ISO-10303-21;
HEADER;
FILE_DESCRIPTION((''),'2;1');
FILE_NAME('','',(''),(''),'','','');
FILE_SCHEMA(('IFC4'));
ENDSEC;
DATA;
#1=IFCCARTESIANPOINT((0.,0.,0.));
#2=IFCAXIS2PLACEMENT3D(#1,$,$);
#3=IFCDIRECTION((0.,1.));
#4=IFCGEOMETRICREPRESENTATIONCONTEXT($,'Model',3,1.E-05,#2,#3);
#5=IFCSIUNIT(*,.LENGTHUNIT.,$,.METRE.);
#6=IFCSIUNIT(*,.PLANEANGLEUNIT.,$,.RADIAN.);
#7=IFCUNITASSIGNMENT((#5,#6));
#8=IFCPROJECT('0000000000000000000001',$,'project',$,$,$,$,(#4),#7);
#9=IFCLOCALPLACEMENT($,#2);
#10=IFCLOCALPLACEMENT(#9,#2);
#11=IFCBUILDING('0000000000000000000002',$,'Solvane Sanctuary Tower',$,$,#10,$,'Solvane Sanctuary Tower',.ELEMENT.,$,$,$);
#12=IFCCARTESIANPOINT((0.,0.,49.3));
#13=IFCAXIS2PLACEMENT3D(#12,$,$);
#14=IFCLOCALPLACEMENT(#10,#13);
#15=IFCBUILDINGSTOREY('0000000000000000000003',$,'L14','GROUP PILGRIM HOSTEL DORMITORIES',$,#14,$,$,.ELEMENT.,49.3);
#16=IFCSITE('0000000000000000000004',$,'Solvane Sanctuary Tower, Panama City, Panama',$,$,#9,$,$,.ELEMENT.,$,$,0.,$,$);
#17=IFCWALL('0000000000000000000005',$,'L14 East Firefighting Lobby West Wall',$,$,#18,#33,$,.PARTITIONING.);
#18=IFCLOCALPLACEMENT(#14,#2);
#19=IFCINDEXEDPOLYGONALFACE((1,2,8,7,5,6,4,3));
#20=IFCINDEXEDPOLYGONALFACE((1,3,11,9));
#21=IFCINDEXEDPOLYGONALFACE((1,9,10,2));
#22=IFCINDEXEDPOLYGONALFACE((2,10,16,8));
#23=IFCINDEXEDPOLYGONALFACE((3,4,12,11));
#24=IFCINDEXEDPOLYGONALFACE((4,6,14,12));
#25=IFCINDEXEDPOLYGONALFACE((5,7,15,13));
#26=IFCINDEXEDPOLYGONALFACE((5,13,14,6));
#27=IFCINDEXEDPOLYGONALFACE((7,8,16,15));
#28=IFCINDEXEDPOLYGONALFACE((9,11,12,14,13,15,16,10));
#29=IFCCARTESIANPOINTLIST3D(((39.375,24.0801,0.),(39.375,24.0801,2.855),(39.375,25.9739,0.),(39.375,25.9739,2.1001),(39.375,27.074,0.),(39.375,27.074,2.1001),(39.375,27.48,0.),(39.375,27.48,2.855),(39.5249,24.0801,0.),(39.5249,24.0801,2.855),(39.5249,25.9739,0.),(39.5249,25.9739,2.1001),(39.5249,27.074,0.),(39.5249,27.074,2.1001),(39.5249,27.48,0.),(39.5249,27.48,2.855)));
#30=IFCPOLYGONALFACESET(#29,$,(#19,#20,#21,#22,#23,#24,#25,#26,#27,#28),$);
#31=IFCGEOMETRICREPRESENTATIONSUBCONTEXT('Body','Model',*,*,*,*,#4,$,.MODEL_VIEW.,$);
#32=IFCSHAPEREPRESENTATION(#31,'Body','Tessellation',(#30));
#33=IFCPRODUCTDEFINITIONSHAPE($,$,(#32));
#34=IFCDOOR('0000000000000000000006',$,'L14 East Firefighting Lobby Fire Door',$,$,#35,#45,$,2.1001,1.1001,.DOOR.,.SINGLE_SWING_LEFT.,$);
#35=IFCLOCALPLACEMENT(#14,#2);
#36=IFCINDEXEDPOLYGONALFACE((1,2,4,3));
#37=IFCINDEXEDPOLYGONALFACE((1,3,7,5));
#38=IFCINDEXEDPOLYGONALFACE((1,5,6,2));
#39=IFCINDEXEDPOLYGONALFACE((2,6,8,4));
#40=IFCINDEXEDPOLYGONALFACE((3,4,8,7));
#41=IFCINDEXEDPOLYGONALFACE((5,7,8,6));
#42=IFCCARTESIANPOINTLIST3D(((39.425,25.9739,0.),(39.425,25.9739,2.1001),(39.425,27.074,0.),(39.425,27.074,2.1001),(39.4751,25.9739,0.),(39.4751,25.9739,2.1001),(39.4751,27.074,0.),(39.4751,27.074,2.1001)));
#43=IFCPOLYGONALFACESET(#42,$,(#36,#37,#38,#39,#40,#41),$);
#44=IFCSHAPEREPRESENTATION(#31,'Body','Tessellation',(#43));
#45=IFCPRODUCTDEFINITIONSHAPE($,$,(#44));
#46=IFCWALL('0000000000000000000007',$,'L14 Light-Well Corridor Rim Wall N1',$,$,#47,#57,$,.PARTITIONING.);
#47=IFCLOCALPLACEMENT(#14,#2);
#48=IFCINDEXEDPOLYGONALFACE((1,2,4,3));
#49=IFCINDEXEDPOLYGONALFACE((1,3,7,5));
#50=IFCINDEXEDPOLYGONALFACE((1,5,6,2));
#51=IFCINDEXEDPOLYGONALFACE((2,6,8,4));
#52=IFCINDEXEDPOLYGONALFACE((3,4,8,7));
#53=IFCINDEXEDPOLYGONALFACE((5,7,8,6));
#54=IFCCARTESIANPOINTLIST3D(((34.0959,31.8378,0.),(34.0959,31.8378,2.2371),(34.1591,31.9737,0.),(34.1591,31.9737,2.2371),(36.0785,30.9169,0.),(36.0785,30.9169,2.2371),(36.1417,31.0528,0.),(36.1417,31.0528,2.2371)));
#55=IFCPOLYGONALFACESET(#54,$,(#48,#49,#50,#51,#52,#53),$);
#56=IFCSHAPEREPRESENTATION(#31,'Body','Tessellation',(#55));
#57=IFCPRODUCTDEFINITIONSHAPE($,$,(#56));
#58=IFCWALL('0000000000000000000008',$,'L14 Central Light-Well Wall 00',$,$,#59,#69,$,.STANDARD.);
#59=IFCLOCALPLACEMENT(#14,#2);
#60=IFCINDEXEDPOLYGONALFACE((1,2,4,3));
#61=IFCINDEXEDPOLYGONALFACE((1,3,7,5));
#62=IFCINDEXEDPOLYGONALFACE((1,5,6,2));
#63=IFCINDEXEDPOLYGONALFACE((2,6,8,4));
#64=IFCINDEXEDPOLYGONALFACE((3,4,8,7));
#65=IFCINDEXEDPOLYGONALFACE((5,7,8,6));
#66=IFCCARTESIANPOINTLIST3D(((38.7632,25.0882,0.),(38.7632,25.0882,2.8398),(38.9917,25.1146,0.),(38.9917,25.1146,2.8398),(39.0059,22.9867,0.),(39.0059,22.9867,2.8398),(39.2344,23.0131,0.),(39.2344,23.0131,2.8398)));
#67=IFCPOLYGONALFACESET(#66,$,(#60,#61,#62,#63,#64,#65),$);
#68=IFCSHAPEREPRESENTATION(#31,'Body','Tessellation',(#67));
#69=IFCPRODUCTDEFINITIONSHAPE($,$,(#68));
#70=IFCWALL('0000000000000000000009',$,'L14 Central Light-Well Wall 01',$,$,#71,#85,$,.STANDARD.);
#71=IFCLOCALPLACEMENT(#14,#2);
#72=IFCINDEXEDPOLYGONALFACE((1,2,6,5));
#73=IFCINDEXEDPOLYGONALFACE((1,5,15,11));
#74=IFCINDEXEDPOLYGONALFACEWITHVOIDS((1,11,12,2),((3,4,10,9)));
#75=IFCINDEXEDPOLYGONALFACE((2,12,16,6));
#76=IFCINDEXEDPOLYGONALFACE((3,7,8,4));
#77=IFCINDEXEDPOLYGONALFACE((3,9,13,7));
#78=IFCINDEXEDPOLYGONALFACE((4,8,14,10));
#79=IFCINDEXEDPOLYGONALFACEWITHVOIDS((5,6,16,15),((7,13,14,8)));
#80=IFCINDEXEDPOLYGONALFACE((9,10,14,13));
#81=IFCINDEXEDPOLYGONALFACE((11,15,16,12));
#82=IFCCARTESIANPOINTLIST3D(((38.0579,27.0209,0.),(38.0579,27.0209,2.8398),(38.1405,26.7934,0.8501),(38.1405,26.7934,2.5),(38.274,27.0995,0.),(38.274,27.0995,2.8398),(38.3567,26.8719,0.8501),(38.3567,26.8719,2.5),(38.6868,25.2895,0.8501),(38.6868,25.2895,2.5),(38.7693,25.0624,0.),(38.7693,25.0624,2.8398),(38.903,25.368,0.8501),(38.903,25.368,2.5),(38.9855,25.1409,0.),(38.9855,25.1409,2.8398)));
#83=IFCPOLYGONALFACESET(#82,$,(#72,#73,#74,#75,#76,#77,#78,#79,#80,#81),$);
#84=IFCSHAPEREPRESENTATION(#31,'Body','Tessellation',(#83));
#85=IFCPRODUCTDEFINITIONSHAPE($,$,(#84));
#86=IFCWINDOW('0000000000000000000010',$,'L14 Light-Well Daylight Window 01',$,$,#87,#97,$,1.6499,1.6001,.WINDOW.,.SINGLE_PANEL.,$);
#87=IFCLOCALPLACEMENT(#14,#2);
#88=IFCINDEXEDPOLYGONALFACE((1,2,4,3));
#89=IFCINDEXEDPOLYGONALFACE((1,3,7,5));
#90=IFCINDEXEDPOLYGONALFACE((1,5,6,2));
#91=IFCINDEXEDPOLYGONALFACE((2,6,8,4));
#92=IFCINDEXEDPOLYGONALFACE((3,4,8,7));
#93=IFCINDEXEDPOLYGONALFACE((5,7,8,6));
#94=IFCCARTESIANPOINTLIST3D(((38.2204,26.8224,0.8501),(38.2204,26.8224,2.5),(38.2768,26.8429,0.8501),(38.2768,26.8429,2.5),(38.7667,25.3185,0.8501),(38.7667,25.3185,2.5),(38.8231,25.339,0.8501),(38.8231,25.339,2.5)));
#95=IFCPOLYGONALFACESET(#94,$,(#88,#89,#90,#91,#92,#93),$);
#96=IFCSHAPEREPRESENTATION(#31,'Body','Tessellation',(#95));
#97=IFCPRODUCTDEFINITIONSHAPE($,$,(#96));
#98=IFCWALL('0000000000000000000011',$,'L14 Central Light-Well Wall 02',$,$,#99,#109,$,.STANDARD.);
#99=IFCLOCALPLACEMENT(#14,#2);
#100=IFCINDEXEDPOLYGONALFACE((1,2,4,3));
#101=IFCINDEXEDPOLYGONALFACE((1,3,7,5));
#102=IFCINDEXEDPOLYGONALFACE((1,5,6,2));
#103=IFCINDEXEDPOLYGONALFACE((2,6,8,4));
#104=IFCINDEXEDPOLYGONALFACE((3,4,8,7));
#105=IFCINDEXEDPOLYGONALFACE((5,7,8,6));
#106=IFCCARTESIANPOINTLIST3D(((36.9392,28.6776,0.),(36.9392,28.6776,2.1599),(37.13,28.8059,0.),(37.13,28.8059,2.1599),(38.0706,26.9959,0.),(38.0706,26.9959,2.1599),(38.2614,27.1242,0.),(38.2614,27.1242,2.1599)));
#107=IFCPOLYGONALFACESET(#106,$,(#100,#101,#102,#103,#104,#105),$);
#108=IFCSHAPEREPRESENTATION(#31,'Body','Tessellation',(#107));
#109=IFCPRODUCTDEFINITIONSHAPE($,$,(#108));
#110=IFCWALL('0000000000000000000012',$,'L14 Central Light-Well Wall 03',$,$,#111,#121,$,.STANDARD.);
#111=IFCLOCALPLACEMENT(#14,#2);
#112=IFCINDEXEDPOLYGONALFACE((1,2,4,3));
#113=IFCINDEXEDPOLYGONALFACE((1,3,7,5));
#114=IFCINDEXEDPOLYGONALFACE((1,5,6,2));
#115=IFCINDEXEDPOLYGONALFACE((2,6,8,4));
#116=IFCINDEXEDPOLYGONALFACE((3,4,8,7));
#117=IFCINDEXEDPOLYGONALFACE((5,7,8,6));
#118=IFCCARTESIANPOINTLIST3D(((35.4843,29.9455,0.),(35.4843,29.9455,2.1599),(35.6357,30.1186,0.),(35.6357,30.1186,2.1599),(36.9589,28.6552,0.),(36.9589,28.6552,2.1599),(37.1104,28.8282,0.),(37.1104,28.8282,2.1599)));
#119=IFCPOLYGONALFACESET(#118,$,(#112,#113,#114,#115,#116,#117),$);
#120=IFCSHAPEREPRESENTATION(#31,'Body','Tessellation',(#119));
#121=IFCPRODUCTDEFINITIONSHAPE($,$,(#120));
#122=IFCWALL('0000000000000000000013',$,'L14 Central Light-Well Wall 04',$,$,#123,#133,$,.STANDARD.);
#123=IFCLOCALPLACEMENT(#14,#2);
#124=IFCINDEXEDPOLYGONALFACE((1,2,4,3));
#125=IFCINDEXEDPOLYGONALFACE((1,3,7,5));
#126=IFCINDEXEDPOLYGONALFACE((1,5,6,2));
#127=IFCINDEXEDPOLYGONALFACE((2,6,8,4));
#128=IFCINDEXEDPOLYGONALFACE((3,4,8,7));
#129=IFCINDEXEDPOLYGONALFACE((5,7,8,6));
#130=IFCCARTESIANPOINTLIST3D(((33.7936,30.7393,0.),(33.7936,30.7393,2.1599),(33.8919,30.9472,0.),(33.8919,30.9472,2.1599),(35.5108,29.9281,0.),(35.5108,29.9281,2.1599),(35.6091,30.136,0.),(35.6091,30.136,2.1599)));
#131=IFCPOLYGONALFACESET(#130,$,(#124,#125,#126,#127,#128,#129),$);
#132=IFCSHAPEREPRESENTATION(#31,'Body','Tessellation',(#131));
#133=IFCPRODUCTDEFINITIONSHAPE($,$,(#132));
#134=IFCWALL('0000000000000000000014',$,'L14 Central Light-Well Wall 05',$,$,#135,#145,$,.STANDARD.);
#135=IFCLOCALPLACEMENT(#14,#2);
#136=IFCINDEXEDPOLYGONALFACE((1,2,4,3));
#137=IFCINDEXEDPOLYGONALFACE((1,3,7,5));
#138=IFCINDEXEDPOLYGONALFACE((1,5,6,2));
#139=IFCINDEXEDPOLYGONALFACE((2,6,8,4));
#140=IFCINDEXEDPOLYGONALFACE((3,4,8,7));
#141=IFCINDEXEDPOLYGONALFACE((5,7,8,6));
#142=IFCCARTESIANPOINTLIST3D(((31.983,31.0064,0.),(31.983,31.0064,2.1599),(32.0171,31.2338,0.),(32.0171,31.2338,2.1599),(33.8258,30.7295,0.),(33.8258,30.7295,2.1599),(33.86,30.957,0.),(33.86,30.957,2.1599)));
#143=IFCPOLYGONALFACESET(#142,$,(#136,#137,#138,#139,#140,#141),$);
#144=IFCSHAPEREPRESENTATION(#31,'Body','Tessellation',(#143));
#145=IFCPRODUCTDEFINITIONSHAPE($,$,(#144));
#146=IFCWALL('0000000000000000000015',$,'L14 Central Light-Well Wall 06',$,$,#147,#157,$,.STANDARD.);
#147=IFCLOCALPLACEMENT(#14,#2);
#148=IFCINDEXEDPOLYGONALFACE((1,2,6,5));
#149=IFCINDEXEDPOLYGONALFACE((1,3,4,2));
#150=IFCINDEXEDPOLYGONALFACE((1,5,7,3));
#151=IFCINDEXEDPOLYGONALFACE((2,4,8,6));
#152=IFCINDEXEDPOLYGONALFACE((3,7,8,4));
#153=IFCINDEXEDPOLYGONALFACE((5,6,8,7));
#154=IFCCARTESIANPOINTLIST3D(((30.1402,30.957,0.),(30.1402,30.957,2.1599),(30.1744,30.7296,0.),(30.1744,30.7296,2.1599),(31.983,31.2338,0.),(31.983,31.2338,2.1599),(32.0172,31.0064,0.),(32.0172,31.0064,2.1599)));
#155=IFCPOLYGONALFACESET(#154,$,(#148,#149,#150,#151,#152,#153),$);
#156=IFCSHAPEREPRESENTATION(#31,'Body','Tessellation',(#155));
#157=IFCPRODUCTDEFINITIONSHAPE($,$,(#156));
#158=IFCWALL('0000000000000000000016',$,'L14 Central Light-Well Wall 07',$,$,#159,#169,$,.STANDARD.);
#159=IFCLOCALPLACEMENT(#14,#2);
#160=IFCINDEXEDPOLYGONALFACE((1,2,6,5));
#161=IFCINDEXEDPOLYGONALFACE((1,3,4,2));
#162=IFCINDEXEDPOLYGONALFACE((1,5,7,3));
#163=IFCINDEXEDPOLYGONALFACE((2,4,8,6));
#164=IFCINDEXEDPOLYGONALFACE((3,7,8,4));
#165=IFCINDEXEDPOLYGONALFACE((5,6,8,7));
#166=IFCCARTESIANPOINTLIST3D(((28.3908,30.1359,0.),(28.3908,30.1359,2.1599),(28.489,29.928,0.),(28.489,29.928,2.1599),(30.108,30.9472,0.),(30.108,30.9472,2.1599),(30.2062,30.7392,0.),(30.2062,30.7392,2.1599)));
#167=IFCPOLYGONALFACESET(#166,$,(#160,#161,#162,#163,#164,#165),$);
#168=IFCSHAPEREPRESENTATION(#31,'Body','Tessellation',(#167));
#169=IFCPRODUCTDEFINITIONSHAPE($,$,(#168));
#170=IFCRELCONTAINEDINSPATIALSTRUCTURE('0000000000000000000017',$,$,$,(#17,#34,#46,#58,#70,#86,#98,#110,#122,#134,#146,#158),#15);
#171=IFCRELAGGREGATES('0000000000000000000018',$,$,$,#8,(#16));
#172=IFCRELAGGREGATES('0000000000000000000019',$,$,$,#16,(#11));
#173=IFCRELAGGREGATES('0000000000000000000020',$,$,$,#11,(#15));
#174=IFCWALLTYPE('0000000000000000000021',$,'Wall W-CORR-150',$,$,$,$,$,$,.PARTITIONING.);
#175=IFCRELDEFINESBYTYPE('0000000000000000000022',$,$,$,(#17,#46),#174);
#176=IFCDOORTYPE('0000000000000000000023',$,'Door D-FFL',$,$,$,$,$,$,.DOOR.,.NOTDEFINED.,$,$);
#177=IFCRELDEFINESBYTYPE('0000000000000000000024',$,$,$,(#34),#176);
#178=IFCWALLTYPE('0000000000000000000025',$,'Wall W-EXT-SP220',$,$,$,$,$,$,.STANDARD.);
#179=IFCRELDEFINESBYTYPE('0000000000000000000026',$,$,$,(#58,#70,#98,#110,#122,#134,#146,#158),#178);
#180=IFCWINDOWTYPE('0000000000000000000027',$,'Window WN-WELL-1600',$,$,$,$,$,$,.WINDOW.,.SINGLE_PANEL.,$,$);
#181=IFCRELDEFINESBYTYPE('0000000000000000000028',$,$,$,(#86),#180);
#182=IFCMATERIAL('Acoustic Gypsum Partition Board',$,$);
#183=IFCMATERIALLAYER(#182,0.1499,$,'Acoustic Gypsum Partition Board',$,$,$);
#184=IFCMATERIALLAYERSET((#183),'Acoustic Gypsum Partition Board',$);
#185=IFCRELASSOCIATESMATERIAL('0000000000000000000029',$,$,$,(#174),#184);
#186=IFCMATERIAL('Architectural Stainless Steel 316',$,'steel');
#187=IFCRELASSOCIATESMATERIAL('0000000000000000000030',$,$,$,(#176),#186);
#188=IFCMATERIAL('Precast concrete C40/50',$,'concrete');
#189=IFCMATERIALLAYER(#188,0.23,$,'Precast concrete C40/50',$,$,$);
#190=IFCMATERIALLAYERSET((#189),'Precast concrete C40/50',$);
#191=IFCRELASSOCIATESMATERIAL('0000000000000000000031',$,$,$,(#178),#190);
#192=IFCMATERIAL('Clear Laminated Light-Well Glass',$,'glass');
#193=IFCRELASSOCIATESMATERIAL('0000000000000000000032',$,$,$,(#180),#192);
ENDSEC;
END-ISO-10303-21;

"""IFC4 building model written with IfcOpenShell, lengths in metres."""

from ifc_helpers import new_model, si_unit, direction, frame, frame_2d, origin, place, context, subcontext, project, spatial, rectangle, extrude, material, layer, layer_set, type_object, element, fill, save


model = new_model("IFC4")

# Units and contexts
model_context = context("Model", 3, precision=1e-05, world=origin(), true_north=direction((0.0, 1.0)))
body_context = subcontext(model_context, "Body", "Model", "MODEL_VIEW")
ifc_project = project(units=[si_unit("LENGTHUNIT", "METRE"), si_unit("PLANEANGLEUNIT", "RADIAN")], contexts=[model_context])

# Site, building, storey
site_placement = place(None, origin())
site = spatial("IfcSite", under=ifc_project, at=site_placement, Name="Solvane Sanctuary Tower, Panama City, Panama", CompositionType="ELEMENT", RefElevation=0.0)
building_placement = place(site_placement, origin())
building = spatial("IfcBuilding", under=site, at=building_placement, Name="Solvane Sanctuary Tower", LongName="Solvane Sanctuary Tower", CompositionType="ELEMENT")
storey_placement = place(building_placement, frame((0.0, 0.0, 49.3)))
storey = spatial("IfcBuildingStorey", under=building, at=storey_placement, Name="L14", Description="GROUP PILGRIM HOSTEL DORMITORIES", CompositionType="ELEMENT", Elevation=49.3)

# Shared definitions
ifc_material_1 = material(Name="Acoustic Gypsum Partition Board")
ifc_layer_1 = layer(ifc_material_1, 0.1499, Name="Acoustic Gypsum Partition Board")
ifc_layer_set_1 = layer_set([ifc_layer_1], Name="Acoustic Gypsum Partition Board")
wall_type_1 = type_object("IfcWallType", Name="Wall W-CORR-150", PredefinedType="PARTITIONING", material=ifc_layer_set_1)

# Wall, opening, door
wall_1_placement = place(storey_placement, frame((39.45, 24.0801, 0.0), z_axis=(0.0, 0.0, 1.0), x_axis=(0.0, 1.0, 0.0)))
wall_1 = element("IfcWall", 1, at=wall_1_placement, inside=storey, type_object=wall_type_1, Name="L14 East Firefighting Lobby West Wall", PredefinedType="PARTITIONING", context=body_context, shape_type="SweptSolid", body=[
    extrude(rectangle(XDim=3.3999, YDim=0.1499, at=frame_2d((1.7, 0.0))), origin(), (0.0, 0.0, 1.0), 2.855),
])
opening_1_placement = place(wall_1_placement, frame((1.8938, 0.0, 0.0)))
opening_1 = element("IfcOpeningElement", 2, at=opening_1_placement, cuts=wall_1, PredefinedType="OPENING", context=body_context, shape_type="SweptSolid", body=[
    extrude(rectangle(XDim=1.1001, YDim=2.1001, at=frame_2d((0.55, 1.05))), frame((0.0, 0.085, 0.0), z_axis=(0.0, -1.0, 0.0), x_axis=(1.0, 0.0, 0.0)), (0.0, 0.0, 1.0), 0.1699),
])
ifc_material_2 = material(Name="Architectural Stainless Steel 316", Category="steel")
door_type = type_object("IfcDoorType", Name="Door D-FFL", OperationType="NOTDEFINED", PredefinedType="DOOR", material=ifc_material_2)
door_placement = place(opening_1_placement, origin())
door = element("IfcDoor", 3, at=door_placement, inside=storey, type_object=door_type, Name="L14 East Firefighting Lobby Fire Door", OperationType="SINGLE_SWING_LEFT", OverallHeight=2.1001, OverallWidth=1.1001, PredefinedType="DOOR", context=body_context, shape_type="SweptSolid", body=[
    extrude(rectangle(XDim=1.1001, YDim=2.1001, at=frame_2d((0.55, 1.05))), frame((0.0, 0.0249, 0.0), z_axis=(0.0, -1.0, 0.0), x_axis=(1.0, 0.0, 0.0)), (0.0, 0.0, 1.0), 0.05),
])
fill(opening_1, door)

# Walls
wall_2_placement = place(storey_placement, frame((36.1101, 30.9849, 0.0), z_axis=(0.0, 0.0, 1.0), x_axis=(-0.906943, 0.421252, 0.0)))
element("IfcWall", 4, at=wall_2_placement, inside=storey, type_object=wall_type_1, Name="L14 Light-Well Corridor Rim Wall N1", PredefinedType="PARTITIONING", context=body_context, shape_type="SweptSolid", body=[
    extrude(rectangle(XDim=2.186, YDim=0.1499, at=frame_2d((1.093, 0.0))), origin(), (0.0, 0.0, 1.0), 2.2371),
])
ifc_material_3 = material(Name="Precast concrete C40/50", Category="concrete")
ifc_layer_2 = layer(ifc_material_3, 0.23, Name="Precast concrete C40/50")
ifc_layer_set_2 = layer_set([ifc_layer_2], Name="Precast concrete C40/50")
wall_type_2 = type_object("IfcWallType", Name="Wall W-EXT-SP220", PredefinedType="STANDARD", material=ifc_layer_set_2)
wall_3_placement = place(storey_placement, frame((39.1201, 23.0, 0.0), z_axis=(0.0, 0.0, 1.0), x_axis=(-0.114712, 0.993399, 0.0)))
element("IfcWall", 5, at=wall_3_placement, inside=storey, type_object=wall_type_2, Name="L14 Central Light-Well Wall 00", PredefinedType="STANDARD", context=body_context, shape_type="SweptSolid", body=[
    extrude(rectangle(XDim=2.1155, YDim=0.23, at=frame_2d((1.0576, 0.0))), origin(), (0.0, 0.0, 1.0), 2.8398),
])

# Wall, opening, window
wall_4_placement = place(storey_placement, frame((38.8774, 25.1016, 0.0), z_axis=(0.0, 0.0, 1.0), x_axis=(-0.341423, 0.93991, 0.0)))
wall_4 = element("IfcWall", 6, at=wall_4_placement, inside=storey, type_object=wall_type_2, Name="L14 Central Light-Well Wall 01", PredefinedType="STANDARD", context=body_context, shape_type="SweptSolid", body=[
    extrude(rectangle(XDim=2.0837, YDim=0.23, at=frame_2d((1.042, 0.0))), origin(), (0.0, 0.0, 1.0), 2.8398),
])
opening_2_placement = place(wall_4_placement, frame((0.2417, 0.0, 0.8501)))
opening_2 = element("IfcOpeningElement", 7, at=opening_2_placement, cuts=wall_4, PredefinedType="OPENING", context=body_context, shape_type="SweptSolid", body=[
    extrude(rectangle(XDim=1.6001, YDim=1.6499, at=frame_2d((0.8, 0.825))), frame((0.0, 0.125, 0.0), z_axis=(0.0, -1.0, 0.0), x_axis=(1.0, 0.0, 0.0)), (0.0, 0.0, 1.0), 0.25),
])
ifc_material_4 = material(Name="Clear Laminated Light-Well Glass", Category="glass")
window_type = type_object("IfcWindowType", Name="Window WN-WELL-1600", PartitioningType="SINGLE_PANEL", PredefinedType="WINDOW", material=ifc_material_4)
window_placement = place(opening_2_placement, origin())
window = element("IfcWindow", 8, at=window_placement, inside=storey, type_object=window_type, Name="L14 Light-Well Daylight Window 01", OverallHeight=1.6499, OverallWidth=1.6001, PartitioningType="SINGLE_PANEL", PredefinedType="WINDOW", context=body_context, shape_type="SweptSolid", body=[
    extrude(rectangle(XDim=1.6001, YDim=1.6499, at=frame_2d((0.8, 0.825))), frame((0.0, 0.03, 0.0), z_axis=(0.0, -1.0, 0.0), x_axis=(1.0, 0.0, 0.0)), (0.0, 0.0, 1.0), 0.0601),
])
fill(opening_2, window)

# Walls
wall_5_placement = place(storey_placement, frame((38.166, 27.0601, 0.0), z_axis=(0.0, 0.0, 1.0), x_axis=(-0.558198, 0.829708, 0.0)))
element("IfcWall", 9, at=wall_5_placement, inside=storey, type_object=wall_type_2, Name="L14 Central Light-Well Wall 02", PredefinedType="STANDARD", context=body_context, shape_type="SweptSolid", body=[
    extrude(rectangle(XDim=2.0269, YDim=0.23, at=frame_2d((1.0134, 0.0))), origin(), (0.0, 0.0, 1.0), 2.1599),
])
wall_6_placement = place(storey_placement, frame((37.0347, 28.7417, 0.0), z_axis=(0.0, 0.0, 1.0), x_axis=(-0.752577, 0.658505, 0.0)))
element("IfcWall", 10, at=wall_6_placement, inside=storey, type_object=wall_type_2, Name="L14 Central Light-Well Wall 03", PredefinedType="STANDARD", context=body_context, shape_type="SweptSolid", body=[
    extrude(rectangle(XDim=1.9595, YDim=0.23, at=frame_2d((0.9797, 0.0))), origin(), (0.0, 0.0, 1.0), 2.1599),
])
wall_7_placement = place(storey_placement, frame((35.5601, 30.032, 0.0), z_axis=(0.0, 0.0, 1.0), x_axis=(-0.90418, 0.427152, 0.0)))
element("IfcWall", 11, at=wall_7_placement, inside=storey, type_object=wall_type_2, Name="L14 Central Light-Well Wall 04", PredefinedType="STANDARD", context=body_context, shape_type="SweptSolid", body=[
    extrude(rectangle(XDim=1.8992, YDim=0.23, at=frame_2d((0.9497, 0.0))), origin(), (0.0, 0.0, 1.0), 2.1599),
])
for number, where, z_axis, x_axis, name in (
    (12, (33.8428, 30.8433, 0.0), (0.0, 0.0, 1.0), (-0.988902, 0.148571, 0.0), "L14 Central Light-Well Wall 05"),
    (13, (32.0, 31.1201, 0.0), (0.0, 0.0, 1.0), (-0.988902, -0.148571, 0.0), "L14 Central Light-Well Wall 06"),
):
    element("IfcWall", number, at=place(storey_placement, frame(where, z_axis=z_axis, x_axis=x_axis)), inside=storey, type_object=wall_type_2, Name=name, PredefinedType="STANDARD", context=body_context, shape_type="SweptSolid", body=[
        extrude(rectangle(XDim=1.8635, YDim=0.23, at=frame_2d((0.9316, 0.0))), origin(), (0.0, 0.0, 1.0), 2.1599),
    ])
wall_8_placement = place(storey_placement, frame((30.1572, 30.8433, 0.0), z_axis=(0.0, 0.0, 1.0), x_axis=(-0.90418, -0.427152, 0.0)))
element("IfcWall", 14, at=wall_8_placement, inside=storey, type_object=wall_type_2, Name="L14 Central Light-Well Wall 07", PredefinedType="STANDARD", context=body_context, shape_type="SweptSolid", body=[
    extrude(rectangle(XDim=1.8992, YDim=0.23, at=frame_2d((0.9497, 0.0))), origin(), (0.0, 0.0, 1.0), 2.1599),
])

save(model, "model.ifc")
